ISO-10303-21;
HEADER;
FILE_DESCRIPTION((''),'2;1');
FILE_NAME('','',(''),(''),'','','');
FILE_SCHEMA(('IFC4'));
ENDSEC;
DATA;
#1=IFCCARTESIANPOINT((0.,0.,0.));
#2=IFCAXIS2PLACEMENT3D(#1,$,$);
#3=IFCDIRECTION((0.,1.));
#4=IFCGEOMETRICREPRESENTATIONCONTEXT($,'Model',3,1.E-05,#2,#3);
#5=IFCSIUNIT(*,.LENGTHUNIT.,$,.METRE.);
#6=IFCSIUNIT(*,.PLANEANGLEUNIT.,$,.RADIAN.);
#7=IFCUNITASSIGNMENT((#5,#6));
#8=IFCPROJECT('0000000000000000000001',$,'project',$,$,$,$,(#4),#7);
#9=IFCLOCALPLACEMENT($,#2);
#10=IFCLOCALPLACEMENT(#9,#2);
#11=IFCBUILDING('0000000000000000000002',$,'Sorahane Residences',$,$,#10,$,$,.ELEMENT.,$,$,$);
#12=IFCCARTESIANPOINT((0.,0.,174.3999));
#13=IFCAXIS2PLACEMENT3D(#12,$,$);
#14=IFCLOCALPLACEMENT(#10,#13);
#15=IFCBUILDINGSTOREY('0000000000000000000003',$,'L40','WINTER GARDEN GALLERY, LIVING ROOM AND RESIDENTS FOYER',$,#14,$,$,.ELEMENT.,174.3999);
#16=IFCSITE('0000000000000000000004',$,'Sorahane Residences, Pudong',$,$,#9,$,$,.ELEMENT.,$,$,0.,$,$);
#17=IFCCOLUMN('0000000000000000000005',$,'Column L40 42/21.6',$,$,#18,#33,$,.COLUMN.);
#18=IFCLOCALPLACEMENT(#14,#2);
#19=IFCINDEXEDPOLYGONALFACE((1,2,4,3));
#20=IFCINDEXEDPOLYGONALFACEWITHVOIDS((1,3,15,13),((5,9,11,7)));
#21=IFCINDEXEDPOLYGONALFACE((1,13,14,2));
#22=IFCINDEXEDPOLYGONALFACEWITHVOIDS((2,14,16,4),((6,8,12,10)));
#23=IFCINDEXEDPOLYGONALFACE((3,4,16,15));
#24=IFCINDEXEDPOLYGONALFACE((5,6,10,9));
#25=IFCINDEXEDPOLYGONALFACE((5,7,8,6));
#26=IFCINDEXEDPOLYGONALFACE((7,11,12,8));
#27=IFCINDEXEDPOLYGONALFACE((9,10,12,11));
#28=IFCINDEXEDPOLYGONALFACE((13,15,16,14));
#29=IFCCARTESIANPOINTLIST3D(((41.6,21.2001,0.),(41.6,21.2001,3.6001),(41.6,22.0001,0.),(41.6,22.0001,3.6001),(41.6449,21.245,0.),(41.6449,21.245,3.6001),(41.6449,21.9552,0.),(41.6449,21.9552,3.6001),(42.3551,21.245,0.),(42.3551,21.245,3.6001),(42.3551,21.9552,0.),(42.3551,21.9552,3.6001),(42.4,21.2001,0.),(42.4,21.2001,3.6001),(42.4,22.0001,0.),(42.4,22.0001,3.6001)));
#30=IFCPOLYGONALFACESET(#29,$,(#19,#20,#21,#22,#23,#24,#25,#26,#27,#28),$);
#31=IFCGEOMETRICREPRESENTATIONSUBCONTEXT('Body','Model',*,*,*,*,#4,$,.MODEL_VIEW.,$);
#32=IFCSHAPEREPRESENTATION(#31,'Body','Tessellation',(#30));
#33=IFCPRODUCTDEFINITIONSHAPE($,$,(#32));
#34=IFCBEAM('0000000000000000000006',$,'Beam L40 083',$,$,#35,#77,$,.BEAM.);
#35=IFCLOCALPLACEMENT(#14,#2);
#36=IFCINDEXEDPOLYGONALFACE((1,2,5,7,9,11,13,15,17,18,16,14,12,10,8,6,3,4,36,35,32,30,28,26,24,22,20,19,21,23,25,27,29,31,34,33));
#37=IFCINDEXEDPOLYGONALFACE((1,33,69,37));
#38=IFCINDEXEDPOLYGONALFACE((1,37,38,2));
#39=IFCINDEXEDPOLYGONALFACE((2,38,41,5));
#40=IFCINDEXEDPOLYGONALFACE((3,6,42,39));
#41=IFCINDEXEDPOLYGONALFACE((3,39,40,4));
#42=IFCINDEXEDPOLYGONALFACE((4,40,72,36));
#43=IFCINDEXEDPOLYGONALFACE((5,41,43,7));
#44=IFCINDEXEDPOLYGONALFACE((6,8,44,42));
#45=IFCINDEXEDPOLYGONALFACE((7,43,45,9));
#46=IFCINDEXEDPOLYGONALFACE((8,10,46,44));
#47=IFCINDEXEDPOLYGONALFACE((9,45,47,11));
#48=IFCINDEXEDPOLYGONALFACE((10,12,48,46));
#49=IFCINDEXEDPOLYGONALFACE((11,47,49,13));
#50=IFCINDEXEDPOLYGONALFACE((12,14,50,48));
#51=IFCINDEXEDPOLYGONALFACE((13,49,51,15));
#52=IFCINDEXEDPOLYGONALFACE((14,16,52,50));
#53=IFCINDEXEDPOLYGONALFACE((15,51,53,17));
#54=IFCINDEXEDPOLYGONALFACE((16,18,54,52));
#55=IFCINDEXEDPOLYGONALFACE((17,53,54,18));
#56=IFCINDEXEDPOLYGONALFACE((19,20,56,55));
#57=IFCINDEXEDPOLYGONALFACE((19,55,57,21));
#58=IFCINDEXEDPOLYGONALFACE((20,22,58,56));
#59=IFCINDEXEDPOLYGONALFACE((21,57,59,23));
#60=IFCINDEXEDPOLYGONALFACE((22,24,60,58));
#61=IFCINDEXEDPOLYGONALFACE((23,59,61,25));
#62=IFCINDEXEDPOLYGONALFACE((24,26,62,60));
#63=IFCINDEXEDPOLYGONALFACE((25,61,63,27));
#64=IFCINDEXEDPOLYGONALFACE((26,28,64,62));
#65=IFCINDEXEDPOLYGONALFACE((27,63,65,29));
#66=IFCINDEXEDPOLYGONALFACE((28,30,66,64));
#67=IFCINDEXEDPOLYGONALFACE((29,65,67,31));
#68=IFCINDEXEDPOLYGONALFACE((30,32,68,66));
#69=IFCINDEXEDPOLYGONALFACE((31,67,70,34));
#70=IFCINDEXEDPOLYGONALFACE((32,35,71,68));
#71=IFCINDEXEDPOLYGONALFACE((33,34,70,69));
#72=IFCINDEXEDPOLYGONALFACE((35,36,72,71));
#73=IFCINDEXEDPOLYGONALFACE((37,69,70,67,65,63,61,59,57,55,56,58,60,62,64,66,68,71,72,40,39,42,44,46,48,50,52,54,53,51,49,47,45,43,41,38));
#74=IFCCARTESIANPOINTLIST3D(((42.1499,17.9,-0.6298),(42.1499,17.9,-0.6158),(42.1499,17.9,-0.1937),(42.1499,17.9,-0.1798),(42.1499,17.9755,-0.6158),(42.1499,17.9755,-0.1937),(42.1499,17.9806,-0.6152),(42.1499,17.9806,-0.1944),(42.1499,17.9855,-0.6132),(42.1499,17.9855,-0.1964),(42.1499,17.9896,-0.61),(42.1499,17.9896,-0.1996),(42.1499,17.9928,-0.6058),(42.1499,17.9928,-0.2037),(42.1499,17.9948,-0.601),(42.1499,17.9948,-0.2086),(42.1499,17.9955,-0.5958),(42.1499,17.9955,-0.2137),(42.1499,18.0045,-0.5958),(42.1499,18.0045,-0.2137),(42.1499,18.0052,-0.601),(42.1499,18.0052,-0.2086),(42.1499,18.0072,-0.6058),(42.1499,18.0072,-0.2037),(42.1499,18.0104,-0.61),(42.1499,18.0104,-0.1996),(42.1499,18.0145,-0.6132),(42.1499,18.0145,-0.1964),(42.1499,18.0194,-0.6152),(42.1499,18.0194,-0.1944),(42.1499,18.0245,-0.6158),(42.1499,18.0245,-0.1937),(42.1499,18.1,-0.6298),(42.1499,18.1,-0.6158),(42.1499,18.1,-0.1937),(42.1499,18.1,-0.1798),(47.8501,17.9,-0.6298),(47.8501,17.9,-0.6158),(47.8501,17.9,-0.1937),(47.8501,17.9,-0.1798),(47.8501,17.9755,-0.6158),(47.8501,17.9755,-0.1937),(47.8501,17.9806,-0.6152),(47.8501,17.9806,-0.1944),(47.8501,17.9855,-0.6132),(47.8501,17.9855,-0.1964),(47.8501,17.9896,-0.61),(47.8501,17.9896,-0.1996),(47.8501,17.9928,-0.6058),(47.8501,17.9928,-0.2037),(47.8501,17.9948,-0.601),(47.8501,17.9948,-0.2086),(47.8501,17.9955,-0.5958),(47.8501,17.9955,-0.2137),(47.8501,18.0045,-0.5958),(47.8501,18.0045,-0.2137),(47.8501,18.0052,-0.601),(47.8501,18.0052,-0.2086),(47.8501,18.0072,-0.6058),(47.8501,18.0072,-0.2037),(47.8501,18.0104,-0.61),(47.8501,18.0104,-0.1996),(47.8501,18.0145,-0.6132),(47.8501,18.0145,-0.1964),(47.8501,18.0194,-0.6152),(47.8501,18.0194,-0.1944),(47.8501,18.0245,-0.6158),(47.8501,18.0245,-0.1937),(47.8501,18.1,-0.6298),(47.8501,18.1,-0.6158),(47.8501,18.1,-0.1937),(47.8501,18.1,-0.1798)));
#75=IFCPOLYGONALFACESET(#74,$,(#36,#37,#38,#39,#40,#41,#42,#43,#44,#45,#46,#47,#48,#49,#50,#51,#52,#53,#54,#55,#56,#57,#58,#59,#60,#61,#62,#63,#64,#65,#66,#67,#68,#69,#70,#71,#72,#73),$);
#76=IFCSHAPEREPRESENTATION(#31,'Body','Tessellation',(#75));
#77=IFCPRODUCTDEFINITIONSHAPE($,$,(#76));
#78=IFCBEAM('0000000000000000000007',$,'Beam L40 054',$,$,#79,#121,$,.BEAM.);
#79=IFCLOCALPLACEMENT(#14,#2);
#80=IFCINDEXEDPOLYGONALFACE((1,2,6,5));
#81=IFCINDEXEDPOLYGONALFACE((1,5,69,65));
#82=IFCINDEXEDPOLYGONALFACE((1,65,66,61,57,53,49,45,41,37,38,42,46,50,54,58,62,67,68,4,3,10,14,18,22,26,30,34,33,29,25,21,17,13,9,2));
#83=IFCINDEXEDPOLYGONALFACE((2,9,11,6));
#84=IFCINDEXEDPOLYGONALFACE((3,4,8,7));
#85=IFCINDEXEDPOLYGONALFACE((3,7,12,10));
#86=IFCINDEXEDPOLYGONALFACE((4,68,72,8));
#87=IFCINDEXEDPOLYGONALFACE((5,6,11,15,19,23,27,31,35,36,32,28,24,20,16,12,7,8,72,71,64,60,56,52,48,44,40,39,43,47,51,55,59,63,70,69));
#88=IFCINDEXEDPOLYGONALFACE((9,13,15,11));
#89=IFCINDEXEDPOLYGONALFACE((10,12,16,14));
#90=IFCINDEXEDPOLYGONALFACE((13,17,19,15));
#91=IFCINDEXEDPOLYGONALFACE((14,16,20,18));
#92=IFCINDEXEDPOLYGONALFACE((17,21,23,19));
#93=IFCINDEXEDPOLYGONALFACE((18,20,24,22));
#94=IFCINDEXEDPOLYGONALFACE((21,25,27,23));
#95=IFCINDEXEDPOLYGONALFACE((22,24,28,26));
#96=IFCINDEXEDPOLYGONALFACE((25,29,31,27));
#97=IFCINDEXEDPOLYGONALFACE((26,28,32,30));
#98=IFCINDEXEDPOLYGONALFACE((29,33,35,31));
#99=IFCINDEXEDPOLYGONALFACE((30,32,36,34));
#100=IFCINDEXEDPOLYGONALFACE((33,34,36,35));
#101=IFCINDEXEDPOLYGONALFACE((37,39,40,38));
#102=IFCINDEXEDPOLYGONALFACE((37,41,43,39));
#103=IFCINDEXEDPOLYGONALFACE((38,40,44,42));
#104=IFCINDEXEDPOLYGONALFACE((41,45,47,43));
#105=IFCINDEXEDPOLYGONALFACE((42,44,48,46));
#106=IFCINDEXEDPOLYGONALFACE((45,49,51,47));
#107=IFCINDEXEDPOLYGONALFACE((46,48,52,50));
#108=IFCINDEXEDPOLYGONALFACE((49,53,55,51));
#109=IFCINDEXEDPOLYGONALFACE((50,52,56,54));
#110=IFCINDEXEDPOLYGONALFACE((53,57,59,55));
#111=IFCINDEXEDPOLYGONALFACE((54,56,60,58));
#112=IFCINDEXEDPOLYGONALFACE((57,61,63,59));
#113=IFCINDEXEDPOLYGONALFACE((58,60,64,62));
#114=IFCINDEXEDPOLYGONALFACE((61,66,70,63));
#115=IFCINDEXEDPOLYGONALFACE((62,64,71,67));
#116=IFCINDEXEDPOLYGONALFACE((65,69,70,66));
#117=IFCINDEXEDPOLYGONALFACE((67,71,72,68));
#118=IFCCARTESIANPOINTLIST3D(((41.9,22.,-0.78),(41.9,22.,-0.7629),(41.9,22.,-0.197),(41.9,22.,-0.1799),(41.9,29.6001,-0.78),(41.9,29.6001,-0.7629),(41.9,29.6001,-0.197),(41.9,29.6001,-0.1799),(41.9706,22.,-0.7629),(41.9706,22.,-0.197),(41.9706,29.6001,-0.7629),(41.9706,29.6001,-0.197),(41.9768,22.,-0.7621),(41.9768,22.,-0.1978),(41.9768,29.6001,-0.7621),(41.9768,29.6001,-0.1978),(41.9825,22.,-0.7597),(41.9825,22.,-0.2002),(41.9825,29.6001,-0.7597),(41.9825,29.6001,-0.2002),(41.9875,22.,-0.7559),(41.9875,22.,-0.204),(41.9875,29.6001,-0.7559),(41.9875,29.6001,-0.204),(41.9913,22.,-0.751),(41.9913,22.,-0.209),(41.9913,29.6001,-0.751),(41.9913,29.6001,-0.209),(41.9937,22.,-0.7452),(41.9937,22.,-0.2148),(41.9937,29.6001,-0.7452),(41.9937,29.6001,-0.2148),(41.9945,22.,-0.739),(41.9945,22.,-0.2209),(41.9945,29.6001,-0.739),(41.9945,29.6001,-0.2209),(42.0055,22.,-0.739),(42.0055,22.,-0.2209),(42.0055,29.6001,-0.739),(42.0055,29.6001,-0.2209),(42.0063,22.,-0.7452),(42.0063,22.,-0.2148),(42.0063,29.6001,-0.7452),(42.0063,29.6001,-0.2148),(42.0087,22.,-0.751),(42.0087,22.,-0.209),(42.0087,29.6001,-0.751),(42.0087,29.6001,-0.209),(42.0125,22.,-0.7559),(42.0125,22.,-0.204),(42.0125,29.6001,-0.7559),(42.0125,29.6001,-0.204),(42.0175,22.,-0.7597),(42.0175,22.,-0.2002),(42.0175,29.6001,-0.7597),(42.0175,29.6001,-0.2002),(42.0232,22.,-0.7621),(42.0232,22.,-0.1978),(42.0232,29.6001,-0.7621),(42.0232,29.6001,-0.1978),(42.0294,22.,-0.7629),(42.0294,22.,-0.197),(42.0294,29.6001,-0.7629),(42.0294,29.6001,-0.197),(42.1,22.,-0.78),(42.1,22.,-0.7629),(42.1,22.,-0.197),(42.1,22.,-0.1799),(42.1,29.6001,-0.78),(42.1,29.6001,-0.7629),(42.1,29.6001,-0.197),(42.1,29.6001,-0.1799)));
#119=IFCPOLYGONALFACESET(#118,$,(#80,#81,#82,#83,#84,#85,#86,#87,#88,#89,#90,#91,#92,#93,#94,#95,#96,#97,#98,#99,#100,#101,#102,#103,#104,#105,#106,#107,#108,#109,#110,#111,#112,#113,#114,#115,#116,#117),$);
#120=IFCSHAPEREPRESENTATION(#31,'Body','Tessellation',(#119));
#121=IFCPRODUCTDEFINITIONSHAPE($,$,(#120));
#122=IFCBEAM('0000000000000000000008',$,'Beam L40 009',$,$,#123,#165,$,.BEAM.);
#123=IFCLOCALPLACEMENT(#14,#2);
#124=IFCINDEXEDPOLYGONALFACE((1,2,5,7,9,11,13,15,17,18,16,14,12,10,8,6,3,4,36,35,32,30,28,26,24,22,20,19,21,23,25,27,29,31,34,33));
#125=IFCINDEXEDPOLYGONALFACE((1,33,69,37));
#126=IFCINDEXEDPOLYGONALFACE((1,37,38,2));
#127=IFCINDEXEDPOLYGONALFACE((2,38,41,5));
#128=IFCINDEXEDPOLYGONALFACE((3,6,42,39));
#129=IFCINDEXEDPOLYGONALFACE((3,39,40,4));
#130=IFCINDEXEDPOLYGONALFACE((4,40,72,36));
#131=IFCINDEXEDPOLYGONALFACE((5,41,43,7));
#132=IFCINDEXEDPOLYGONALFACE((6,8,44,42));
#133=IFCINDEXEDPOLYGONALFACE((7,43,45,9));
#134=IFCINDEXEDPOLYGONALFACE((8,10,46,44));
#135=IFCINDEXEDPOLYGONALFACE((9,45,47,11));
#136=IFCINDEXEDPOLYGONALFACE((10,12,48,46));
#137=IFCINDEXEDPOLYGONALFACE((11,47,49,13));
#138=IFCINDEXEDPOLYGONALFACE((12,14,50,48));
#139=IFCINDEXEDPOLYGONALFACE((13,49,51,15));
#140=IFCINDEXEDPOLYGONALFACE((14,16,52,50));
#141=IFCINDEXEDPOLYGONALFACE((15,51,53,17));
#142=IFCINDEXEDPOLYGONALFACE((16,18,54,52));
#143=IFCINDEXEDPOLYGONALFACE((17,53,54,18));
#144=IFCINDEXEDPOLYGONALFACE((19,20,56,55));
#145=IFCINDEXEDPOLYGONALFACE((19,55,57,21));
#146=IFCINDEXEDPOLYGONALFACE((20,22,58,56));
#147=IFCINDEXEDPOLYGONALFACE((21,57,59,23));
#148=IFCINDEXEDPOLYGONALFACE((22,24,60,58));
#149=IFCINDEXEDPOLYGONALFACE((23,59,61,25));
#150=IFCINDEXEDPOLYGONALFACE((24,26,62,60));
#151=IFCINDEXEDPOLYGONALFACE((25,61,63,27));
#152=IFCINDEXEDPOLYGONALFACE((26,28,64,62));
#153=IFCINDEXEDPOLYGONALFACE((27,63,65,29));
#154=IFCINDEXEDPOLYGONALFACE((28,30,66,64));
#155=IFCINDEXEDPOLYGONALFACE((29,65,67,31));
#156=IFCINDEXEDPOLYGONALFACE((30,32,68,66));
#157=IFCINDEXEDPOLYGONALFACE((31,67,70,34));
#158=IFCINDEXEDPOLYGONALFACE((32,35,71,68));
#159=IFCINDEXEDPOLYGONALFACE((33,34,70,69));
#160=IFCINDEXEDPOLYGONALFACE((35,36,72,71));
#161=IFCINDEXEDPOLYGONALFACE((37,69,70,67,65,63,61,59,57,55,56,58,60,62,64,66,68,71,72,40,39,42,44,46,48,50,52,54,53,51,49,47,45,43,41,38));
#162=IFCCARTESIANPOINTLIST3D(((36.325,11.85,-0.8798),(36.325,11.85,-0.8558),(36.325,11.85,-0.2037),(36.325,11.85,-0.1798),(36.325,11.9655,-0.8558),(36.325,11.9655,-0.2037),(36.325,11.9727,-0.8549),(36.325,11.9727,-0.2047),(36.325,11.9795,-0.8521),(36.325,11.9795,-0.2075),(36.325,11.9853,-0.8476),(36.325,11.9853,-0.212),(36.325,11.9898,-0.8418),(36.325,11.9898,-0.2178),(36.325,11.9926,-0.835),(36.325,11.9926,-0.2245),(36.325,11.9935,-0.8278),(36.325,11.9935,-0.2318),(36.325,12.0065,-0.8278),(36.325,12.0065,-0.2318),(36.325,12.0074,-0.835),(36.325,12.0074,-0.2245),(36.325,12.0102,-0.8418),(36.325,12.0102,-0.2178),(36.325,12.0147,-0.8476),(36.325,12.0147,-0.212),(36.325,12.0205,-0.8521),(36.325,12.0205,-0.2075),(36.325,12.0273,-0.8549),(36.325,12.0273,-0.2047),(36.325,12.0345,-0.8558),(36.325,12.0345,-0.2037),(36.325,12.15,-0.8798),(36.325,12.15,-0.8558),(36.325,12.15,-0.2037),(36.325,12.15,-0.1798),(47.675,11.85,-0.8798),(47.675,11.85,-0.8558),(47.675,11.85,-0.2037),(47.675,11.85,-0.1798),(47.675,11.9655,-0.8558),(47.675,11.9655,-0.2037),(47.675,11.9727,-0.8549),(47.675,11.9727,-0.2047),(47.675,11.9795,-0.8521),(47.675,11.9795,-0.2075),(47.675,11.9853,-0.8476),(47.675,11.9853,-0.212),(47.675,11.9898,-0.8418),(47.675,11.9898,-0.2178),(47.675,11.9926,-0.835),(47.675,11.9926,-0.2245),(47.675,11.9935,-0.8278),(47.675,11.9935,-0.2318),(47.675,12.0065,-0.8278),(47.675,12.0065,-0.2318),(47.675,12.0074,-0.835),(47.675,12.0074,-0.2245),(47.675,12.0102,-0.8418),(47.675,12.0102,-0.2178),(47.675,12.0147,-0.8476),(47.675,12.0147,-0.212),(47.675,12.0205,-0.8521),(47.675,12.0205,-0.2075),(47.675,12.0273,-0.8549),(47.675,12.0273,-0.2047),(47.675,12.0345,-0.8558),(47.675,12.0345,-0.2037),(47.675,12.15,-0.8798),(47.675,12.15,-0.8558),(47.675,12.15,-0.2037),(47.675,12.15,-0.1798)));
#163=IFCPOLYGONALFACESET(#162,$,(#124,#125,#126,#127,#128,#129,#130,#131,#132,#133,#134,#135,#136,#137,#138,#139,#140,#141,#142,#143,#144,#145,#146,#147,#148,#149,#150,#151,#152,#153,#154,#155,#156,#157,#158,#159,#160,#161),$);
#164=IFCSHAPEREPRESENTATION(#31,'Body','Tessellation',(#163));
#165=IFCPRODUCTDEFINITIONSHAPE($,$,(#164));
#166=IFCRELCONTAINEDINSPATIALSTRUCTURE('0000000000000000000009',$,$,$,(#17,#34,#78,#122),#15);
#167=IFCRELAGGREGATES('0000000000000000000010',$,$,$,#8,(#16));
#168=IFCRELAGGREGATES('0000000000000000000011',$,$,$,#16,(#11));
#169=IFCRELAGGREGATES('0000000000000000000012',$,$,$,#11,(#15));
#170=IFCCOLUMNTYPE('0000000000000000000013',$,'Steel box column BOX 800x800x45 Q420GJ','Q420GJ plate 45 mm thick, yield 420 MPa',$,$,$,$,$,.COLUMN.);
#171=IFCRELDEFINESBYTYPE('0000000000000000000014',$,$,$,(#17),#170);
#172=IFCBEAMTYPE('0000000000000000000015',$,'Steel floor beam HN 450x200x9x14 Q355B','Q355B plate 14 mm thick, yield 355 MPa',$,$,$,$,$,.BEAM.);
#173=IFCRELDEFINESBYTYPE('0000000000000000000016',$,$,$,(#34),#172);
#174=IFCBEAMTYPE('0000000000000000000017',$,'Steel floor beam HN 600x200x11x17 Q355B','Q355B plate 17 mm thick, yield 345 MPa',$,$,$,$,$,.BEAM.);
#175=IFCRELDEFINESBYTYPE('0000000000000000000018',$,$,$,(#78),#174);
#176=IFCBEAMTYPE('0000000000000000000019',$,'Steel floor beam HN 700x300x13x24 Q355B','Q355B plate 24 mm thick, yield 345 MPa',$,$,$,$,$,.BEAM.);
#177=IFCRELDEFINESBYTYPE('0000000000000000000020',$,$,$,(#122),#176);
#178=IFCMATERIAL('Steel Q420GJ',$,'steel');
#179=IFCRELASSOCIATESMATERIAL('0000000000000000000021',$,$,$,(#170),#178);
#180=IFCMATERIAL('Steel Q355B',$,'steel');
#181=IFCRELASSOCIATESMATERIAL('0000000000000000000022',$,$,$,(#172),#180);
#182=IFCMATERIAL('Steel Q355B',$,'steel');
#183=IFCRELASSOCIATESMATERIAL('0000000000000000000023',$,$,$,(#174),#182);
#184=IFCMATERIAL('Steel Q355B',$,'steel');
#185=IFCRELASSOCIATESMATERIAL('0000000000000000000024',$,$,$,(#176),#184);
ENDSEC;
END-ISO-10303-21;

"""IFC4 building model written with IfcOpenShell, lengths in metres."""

from ifc_helpers import new_model, si_unit, direction, frame, origin, origin_2d, place, context, subcontext, project, spatial, hollow_rectangle, i_section, extrude, material, material_profile, profile_set, type_object, element, save


model = new_model("IFC4")

# Units and contexts
model_context = context("Model", 3, precision=1e-05, world=origin(), true_north=direction((0.0, 1.0)))
body_context = subcontext(model_context, "Body", "Model", "MODEL_VIEW")
ifc_project = project(units=[si_unit("LENGTHUNIT", "METRE"), si_unit("PLANEANGLEUNIT", "RADIAN")], contexts=[model_context])

# Site, building, storey
site_placement = place(None, origin())
site = spatial("IfcSite", under=ifc_project, at=site_placement, Name="Sorahane Residences, Pudong", CompositionType="ELEMENT", RefElevation=0.0)
building_placement = place(site_placement, origin())
building = spatial("IfcBuilding", under=site, at=building_placement, Name="Sorahane Residences", CompositionType="ELEMENT")
storey_placement = place(building_placement, frame((0.0, 0.0, 174.3999)))
storey = spatial("IfcBuildingStorey", under=building, at=storey_placement, Name="L40", Description="WINTER GARDEN GALLERY, LIVING ROOM AND RESIDENTS FOYER", CompositionType="ELEMENT", Elevation=174.3999)

# Column
ifc_material_1 = material(Name="Steel Q420GJ", Category="steel")
ifc_material_profile_1 = material_profile(ifc_material_1, hollow_rectangle(XDim=0.8, YDim=0.8, WallThickness=0.0449, at=origin_2d()), Name="BOX 800x800x45")
ifc_profile_set_1 = profile_set([ifc_material_profile_1], Name="Steel Q420GJ")
column_type = type_object("IfcColumnType", Name="Steel box column BOX 800x800x45 Q420GJ", Description="Q420GJ plate 45 mm thick, yield 420 MPa", PredefinedType="COLUMN", material=ifc_profile_set_1)
column_placement = place(storey_placement, frame((42.0, 21.6001, 0.0), z_axis=(0.0, 0.0, 1.0), x_axis=(1.0, 0.0, 0.0)))
element("IfcColumn", 1, at=column_placement, inside=storey, type_object=column_type, Name="Column L40 42/21.6", PredefinedType="COLUMN", context=body_context, shape_type="SweptSolid", body=[
    extrude(hollow_rectangle(XDim=0.8, YDim=0.8, WallThickness=0.0449, at=origin_2d()), origin(), (0.0, 0.0, 1.0), 3.6001),
])

# Beams
ifc_material_2 = material(Name="Steel Q355B", Category="steel")
ifc_material_profile_2 = material_profile(ifc_material_2, i_section(OverallWidth=0.2, OverallDepth=0.45, WebThickness=0.009, FlangeThickness=0.0139, FilletRadius=0.02, at=origin_2d()), Name="HN 450x200x9x14")
ifc_profile_set_2 = profile_set([ifc_material_profile_2], Name="Steel Q355B")
beam_type_1 = type_object("IfcBeamType", Name="Steel floor beam HN 450x200x9x14 Q355B", Description="Q355B plate 14 mm thick, yield 355 MPa", PredefinedType="BEAM", material=ifc_profile_set_2)
beam_1_placement = place(storey_placement, frame((42.1499, 18.0, -0.4048), z_axis=(1.0, 0.0, 0.0), x_axis=(0.0, 1.0, 0.0)))
element("IfcBeam", 2, at=beam_1_placement, inside=storey, type_object=beam_type_1, Name="Beam L40 083", PredefinedType="BEAM", context=body_context, shape_type="SweptSolid", body=[
    extrude(i_section(OverallWidth=0.2, OverallDepth=0.45, WebThickness=0.009, FlangeThickness=0.0139, FilletRadius=0.02, at=origin_2d()), origin(), (0.0, 0.0, 1.0), 5.7002),
])
ifc_material_3 = material(Name="Steel Q355B", Category="steel")
ifc_material_profile_3 = material_profile(ifc_material_3, i_section(OverallWidth=0.2, OverallDepth=0.6001, WebThickness=0.011, FlangeThickness=0.0171, FilletRadius=0.0239, at=origin_2d()), Name="HN 600x200x11x17")
ifc_profile_set_3 = profile_set([ifc_material_profile_3], Name="Steel Q355B")
beam_type_2 = type_object("IfcBeamType", Name="Steel floor beam HN 600x200x11x17 Q355B", Description="Q355B plate 17 mm thick, yield 345 MPa", PredefinedType="BEAM", material=ifc_profile_set_3)
beam_2_placement = place(storey_placement, frame((42.0, 22.0, -0.48), z_axis=(0.0, 1.0, 0.0), x_axis=(-1.0, 0.0, 0.0)))
element("IfcBeam", 3, at=beam_2_placement, inside=storey, type_object=beam_type_2, Name="Beam L40 054", PredefinedType="BEAM", context=body_context, shape_type="SweptSolid", body=[
    extrude(i_section(OverallWidth=0.2, OverallDepth=0.6001, WebThickness=0.011, FlangeThickness=0.0171, FilletRadius=0.0239, at=origin_2d()), origin(), (0.0, 0.0, 1.0), 7.6001),
])
ifc_material_4 = material(Name="Steel Q355B", Category="steel")
ifc_material_profile_4 = material_profile(ifc_material_4, i_section(OverallWidth=0.3, OverallDepth=0.7, WebThickness=0.0129, FlangeThickness=0.0239, FilletRadius=0.0281, at=origin_2d()), Name="HN 700x300x13x24")
ifc_profile_set_4 = profile_set([ifc_material_profile_4], Name="Steel Q355B")
beam_type_3 = type_object("IfcBeamType", Name="Steel floor beam HN 700x300x13x24 Q355B", Description="Q355B plate 24 mm thick, yield 345 MPa", PredefinedType="BEAM", material=ifc_profile_set_4)
beam_3_placement = place(storey_placement, frame((36.325, 12.0, -0.5298), z_axis=(1.0, 0.0, 0.0), x_axis=(0.0, 1.0, 0.0)))
element("IfcBeam", 4, at=beam_3_placement, inside=storey, type_object=beam_type_3, Name="Beam L40 009", PredefinedType="BEAM", context=body_context, shape_type="SweptSolid", body=[
    extrude(i_section(OverallWidth=0.3, OverallDepth=0.7, WebThickness=0.0129, FlangeThickness=0.0239, FilletRadius=0.0281, at=origin_2d()), origin(), (0.0, 0.0, 1.0), 11.3501),
])

save(model, "model.ifc")
